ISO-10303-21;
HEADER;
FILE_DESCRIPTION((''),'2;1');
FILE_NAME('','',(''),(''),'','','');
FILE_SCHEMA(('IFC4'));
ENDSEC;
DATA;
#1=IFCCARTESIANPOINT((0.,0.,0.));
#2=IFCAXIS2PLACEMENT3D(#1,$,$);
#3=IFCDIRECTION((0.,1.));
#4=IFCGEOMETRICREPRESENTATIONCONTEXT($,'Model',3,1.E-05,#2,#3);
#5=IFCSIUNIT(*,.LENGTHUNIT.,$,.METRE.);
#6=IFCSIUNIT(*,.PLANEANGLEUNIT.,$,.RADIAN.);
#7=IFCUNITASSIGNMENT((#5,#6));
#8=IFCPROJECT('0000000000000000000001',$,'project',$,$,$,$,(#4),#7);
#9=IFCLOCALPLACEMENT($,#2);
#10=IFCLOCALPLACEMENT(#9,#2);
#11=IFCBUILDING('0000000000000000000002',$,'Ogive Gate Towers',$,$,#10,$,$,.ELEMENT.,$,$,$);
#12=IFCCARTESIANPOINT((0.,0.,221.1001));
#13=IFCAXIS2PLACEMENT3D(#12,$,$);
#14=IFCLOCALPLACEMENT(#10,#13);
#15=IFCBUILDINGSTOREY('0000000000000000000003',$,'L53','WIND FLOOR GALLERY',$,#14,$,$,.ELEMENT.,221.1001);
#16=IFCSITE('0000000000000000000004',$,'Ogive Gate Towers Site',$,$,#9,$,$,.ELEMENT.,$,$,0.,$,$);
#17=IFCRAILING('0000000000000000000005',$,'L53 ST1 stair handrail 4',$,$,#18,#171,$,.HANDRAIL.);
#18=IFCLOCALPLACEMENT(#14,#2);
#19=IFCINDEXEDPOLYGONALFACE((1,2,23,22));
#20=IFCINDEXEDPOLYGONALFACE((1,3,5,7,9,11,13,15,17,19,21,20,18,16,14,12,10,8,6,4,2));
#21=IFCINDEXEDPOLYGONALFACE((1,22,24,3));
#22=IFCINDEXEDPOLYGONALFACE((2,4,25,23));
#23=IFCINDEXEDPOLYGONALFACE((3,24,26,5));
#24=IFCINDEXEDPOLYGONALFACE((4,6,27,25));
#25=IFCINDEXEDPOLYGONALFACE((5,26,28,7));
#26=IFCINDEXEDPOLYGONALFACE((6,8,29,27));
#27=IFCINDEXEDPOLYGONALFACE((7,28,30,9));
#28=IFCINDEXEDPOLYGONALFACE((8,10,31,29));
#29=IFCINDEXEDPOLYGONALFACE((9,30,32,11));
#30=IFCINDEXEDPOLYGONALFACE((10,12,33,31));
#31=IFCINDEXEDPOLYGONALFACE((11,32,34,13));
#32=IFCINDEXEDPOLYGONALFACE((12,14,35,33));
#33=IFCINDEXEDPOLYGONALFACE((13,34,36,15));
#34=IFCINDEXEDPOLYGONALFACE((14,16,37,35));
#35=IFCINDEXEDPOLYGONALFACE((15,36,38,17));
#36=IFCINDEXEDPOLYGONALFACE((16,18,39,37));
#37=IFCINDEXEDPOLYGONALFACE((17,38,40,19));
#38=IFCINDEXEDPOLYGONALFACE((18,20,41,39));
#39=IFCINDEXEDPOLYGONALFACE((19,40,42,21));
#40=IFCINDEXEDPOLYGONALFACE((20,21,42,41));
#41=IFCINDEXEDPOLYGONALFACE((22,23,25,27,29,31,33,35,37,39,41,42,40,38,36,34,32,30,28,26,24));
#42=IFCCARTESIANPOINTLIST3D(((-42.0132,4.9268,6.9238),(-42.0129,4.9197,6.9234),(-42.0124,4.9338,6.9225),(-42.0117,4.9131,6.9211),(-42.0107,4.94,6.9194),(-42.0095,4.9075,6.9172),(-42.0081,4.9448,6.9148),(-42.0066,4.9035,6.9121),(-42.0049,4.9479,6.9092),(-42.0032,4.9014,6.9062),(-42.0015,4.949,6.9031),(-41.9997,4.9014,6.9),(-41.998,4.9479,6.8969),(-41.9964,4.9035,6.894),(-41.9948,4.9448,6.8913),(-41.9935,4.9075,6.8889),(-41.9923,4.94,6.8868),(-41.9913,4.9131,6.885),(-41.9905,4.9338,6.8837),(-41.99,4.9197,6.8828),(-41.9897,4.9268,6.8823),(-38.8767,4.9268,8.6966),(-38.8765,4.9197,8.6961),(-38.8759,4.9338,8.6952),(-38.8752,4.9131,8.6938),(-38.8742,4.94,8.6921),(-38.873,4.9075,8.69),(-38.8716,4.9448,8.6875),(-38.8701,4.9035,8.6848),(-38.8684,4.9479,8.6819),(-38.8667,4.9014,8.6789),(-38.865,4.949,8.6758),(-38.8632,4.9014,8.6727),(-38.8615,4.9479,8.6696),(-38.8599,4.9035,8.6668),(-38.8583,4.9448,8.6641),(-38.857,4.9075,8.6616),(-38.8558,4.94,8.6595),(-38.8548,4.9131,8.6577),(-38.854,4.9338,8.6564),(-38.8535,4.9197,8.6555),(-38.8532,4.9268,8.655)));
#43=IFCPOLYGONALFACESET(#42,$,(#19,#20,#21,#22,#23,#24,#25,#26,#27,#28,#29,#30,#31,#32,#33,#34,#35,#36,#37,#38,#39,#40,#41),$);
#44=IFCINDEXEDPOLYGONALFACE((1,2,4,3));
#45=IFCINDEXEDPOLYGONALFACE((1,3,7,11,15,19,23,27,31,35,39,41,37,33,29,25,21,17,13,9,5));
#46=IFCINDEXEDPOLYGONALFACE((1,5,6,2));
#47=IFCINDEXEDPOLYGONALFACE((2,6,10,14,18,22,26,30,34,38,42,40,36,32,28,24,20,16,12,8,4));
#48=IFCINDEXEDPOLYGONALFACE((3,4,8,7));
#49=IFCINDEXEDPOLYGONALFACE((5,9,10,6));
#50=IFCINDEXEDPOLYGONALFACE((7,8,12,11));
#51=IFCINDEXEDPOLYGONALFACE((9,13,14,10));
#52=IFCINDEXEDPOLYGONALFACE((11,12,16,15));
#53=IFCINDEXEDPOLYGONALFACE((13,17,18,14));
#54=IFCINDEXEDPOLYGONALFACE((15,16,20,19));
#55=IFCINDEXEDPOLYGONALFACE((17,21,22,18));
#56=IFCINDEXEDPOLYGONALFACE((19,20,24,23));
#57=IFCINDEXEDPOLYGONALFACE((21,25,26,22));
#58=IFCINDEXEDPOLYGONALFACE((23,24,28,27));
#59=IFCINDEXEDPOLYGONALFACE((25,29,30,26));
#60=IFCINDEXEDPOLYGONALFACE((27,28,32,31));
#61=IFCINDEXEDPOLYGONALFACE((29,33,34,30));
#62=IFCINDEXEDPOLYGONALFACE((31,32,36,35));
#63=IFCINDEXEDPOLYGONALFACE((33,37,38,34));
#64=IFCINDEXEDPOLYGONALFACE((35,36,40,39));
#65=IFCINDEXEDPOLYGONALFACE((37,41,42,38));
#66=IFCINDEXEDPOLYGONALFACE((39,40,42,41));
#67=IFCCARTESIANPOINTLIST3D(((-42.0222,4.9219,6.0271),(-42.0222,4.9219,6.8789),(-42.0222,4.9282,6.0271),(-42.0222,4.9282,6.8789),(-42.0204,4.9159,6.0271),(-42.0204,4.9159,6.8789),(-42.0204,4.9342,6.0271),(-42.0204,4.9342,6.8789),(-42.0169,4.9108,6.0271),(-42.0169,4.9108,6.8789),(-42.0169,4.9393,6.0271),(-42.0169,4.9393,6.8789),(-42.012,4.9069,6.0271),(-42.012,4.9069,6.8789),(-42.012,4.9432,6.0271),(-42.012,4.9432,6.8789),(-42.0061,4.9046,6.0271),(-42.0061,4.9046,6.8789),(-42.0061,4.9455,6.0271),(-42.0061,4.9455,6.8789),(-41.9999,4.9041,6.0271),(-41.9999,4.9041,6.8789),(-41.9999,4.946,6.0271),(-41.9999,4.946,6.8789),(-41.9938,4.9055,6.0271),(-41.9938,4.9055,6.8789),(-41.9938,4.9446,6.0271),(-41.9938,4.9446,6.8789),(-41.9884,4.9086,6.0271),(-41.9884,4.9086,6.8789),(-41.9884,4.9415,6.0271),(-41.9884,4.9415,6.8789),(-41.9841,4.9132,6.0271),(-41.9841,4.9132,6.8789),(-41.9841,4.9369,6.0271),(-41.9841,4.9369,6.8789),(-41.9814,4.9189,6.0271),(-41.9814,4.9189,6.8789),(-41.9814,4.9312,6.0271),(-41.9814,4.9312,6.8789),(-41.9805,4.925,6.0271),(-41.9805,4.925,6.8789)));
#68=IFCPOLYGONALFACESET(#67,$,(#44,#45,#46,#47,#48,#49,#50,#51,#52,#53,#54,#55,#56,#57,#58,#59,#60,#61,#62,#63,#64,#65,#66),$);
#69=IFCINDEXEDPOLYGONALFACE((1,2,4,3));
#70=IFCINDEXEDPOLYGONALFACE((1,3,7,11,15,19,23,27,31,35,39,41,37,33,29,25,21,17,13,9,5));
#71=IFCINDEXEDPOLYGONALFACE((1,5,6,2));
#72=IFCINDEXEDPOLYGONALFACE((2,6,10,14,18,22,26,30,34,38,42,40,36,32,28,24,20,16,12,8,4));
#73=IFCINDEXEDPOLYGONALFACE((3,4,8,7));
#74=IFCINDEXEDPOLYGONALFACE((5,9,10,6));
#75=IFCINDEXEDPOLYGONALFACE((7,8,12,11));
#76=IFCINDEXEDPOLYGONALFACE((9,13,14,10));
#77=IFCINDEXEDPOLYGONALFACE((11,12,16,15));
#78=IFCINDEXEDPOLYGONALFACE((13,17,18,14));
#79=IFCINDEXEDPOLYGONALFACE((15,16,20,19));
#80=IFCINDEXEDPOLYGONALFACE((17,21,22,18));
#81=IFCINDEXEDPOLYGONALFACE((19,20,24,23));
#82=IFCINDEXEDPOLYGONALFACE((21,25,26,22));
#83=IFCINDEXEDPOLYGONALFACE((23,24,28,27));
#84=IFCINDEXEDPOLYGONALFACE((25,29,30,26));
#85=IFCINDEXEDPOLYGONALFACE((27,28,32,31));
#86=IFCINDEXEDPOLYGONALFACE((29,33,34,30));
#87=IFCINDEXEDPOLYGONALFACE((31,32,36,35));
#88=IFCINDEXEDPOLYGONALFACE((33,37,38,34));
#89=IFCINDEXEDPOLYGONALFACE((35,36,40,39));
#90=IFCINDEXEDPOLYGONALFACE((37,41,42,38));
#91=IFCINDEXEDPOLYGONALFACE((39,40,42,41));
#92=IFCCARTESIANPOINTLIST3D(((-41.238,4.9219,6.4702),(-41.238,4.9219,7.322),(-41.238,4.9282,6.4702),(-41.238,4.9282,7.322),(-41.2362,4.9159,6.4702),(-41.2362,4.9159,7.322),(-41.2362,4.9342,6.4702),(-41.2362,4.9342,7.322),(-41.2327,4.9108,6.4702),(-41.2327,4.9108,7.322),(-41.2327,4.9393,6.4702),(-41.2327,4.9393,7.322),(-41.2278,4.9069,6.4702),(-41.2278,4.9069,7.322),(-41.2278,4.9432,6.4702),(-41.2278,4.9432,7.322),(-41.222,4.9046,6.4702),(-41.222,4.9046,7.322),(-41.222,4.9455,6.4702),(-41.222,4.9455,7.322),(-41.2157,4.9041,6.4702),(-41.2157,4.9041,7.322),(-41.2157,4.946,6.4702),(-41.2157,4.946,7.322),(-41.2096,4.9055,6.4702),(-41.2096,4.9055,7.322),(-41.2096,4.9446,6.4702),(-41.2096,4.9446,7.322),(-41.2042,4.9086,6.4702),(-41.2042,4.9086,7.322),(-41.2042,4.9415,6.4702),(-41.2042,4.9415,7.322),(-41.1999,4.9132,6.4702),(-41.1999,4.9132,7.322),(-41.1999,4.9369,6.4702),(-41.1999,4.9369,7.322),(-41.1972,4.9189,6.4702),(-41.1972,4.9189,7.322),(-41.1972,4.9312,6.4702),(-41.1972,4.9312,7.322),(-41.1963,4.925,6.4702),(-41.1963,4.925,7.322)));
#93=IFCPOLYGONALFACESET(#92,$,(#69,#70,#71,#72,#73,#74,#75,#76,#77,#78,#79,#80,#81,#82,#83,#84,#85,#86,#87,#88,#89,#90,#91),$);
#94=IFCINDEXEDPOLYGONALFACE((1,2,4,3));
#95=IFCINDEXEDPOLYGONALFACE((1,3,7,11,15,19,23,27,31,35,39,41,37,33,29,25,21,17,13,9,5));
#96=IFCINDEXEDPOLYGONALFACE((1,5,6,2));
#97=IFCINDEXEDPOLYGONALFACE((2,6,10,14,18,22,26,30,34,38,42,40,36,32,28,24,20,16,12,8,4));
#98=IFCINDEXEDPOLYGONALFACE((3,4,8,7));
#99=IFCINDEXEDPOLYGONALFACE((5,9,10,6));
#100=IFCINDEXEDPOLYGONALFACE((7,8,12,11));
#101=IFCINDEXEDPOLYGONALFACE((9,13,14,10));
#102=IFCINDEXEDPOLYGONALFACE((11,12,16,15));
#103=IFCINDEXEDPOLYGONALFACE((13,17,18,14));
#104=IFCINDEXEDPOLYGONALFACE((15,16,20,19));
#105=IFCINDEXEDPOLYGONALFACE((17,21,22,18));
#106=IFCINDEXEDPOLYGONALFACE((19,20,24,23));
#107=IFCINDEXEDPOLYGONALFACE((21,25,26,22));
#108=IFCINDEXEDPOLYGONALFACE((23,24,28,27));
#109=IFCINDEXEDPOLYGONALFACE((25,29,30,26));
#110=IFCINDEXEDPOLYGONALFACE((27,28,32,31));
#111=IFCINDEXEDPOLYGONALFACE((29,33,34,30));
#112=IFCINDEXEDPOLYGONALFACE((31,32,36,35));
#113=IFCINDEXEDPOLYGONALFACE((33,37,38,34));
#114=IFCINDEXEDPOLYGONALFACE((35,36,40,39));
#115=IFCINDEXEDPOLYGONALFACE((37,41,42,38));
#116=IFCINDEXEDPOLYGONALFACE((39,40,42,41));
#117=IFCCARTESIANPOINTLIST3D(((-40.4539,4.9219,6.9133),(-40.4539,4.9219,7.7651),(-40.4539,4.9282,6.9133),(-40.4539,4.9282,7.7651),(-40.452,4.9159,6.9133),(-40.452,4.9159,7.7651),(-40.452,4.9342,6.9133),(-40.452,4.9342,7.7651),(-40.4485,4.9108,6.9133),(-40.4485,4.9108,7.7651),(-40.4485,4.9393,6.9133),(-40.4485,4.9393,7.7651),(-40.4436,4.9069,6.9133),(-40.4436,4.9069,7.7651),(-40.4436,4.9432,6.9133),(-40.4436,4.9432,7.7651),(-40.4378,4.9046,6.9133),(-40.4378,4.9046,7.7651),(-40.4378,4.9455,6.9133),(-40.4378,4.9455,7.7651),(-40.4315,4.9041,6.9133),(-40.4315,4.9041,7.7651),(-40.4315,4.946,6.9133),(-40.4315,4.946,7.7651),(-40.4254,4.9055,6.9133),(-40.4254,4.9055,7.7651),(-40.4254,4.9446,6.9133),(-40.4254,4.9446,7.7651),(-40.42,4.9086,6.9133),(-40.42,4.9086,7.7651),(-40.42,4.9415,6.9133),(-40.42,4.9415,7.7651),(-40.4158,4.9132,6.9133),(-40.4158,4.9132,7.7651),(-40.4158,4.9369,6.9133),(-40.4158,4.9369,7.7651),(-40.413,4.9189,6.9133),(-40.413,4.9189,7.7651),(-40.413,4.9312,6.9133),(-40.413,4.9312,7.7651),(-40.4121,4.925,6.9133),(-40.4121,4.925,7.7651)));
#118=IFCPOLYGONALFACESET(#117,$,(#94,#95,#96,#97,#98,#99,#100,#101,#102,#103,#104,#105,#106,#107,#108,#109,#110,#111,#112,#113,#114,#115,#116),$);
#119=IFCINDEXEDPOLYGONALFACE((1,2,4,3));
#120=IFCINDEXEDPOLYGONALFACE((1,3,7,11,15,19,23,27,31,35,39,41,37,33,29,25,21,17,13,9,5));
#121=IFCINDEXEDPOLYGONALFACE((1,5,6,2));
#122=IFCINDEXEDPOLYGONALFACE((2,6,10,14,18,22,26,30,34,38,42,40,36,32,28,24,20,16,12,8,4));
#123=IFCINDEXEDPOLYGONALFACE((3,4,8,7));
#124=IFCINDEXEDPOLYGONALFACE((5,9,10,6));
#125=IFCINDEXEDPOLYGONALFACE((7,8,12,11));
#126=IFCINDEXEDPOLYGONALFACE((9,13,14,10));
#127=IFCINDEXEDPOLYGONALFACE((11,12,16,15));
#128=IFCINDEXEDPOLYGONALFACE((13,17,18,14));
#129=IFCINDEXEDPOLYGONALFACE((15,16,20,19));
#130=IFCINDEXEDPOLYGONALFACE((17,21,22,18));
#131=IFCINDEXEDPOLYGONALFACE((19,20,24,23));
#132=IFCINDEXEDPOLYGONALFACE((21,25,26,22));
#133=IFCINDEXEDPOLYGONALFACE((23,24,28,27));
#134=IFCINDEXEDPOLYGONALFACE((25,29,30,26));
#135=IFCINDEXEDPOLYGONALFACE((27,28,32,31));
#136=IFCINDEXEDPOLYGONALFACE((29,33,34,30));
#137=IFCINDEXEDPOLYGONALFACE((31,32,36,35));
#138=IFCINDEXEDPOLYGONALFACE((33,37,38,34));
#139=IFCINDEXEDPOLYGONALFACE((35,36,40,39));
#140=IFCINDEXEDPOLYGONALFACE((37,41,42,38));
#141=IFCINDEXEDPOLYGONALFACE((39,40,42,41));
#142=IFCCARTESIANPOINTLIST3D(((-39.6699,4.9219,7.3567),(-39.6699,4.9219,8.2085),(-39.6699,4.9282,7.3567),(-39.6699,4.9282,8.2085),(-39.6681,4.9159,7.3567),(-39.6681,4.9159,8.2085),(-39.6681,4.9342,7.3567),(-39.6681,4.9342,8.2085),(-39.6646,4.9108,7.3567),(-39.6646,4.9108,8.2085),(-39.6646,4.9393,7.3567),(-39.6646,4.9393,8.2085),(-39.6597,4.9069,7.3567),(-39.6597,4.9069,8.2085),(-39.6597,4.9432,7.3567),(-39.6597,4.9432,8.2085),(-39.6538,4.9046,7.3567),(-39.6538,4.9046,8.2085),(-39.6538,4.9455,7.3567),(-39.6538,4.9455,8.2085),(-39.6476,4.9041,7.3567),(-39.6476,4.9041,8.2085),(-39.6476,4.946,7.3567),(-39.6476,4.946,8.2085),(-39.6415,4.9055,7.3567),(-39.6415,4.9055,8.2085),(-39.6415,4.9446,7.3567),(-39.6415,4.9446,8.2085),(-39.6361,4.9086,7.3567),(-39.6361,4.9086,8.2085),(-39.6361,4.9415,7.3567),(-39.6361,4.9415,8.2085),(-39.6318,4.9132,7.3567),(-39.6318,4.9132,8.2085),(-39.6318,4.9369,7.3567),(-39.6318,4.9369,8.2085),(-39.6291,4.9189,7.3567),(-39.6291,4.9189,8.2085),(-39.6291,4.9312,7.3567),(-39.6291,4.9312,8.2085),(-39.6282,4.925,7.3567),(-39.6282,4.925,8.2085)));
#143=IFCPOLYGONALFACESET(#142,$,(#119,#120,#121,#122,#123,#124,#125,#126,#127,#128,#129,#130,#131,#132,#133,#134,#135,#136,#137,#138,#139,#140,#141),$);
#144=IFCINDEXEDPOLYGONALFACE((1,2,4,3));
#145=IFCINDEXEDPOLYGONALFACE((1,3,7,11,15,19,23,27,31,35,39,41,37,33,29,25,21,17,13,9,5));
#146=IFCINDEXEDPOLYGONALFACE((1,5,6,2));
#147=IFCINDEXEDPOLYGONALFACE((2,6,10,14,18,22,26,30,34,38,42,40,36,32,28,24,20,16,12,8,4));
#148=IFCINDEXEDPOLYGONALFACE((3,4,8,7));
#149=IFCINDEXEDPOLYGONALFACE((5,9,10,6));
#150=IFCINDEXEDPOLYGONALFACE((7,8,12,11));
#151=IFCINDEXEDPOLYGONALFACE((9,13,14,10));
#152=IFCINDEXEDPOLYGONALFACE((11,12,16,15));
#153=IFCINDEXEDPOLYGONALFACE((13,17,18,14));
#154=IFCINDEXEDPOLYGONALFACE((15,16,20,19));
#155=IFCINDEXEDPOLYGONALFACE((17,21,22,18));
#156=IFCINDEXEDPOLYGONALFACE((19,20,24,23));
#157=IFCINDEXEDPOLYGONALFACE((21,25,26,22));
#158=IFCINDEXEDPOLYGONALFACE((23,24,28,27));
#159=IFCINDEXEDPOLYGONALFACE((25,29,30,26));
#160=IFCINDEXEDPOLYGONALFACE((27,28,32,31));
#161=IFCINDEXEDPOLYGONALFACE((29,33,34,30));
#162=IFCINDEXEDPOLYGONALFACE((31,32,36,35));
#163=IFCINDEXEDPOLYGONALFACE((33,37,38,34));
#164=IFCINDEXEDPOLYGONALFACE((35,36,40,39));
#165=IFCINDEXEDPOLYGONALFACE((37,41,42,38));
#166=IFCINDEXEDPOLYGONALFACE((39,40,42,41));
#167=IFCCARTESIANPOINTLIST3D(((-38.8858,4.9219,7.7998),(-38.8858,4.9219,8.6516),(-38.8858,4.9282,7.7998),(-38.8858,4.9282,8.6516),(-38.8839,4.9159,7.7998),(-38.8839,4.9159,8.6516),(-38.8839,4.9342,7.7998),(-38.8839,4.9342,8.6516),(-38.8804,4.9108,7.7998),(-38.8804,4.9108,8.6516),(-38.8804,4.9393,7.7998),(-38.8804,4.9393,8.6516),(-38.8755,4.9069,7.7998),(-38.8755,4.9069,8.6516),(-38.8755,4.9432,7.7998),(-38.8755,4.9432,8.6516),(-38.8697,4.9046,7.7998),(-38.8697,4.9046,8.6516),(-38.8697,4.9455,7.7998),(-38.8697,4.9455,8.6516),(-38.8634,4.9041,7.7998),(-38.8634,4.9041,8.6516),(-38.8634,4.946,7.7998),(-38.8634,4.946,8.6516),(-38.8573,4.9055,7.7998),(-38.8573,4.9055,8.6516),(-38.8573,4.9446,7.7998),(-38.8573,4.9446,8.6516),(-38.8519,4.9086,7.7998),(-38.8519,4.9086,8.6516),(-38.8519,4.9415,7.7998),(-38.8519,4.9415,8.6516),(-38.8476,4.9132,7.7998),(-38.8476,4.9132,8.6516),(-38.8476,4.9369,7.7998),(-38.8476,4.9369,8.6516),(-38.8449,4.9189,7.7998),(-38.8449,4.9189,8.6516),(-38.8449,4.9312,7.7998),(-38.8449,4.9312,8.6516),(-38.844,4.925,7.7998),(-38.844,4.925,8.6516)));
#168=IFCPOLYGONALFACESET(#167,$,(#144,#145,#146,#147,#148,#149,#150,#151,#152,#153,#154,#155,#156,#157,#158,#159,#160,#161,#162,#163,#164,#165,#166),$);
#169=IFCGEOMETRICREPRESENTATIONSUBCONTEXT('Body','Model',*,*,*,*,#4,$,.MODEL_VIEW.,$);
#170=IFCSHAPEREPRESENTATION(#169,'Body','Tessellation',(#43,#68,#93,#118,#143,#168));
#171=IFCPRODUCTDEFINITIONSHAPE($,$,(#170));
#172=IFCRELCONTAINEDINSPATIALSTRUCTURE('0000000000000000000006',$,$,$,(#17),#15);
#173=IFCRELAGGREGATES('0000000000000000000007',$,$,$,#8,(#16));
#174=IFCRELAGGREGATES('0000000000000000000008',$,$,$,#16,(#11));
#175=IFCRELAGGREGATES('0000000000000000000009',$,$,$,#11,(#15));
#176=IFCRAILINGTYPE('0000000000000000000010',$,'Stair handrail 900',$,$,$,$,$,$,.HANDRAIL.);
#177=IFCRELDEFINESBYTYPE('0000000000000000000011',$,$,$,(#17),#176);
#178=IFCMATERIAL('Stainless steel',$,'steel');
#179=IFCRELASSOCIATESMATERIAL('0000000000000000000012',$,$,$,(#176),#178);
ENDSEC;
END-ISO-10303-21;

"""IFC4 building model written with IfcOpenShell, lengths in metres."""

from ifc_helpers import new_model, si_unit, direction, frame, origin, origin_2d, place, context, subcontext, project, spatial, circle, extrude, material, type_object, element, save


model = new_model("IFC4")

# Units and contexts
model_context = context("Model", 3, precision=1e-05, world=origin(), true_north=direction((0.0, 1.0)))
body_context = subcontext(model_context, "Body", "Model", "MODEL_VIEW")
ifc_project = project(units=[si_unit("LENGTHUNIT", "METRE"), si_unit("PLANEANGLEUNIT", "RADIAN")], contexts=[model_context])

# Site, building, storey
site_placement = place(None, origin())
site = spatial("IfcSite", under=ifc_project, at=site_placement, Name="Ogive Gate Towers Site", CompositionType="ELEMENT", RefElevation=0.0)
building_placement = place(site_placement, origin())
building = spatial("IfcBuilding", under=site, at=building_placement, Name="Ogive Gate Towers", CompositionType="ELEMENT")
storey_placement = place(building_placement, frame((0.0, 0.0, 221.1001)))
storey = spatial("IfcBuildingStorey", under=building, at=storey_placement, Name="L53", Description="WIND FLOOR GALLERY", CompositionType="ELEMENT", Elevation=221.1001)

# Railing
ifc_material_1 = material(Name="Stainless steel", Category="steel")
railing_type_1 = type_object("IfcRailingType", Name="Stair handrail 900", PredefinedType="HANDRAIL", material=ifc_material_1)
railing_1_placement = place(storey_placement, frame((-42.0015, 4.925, 6.0271)))
element("IfcRailing", 1, at=railing_1_placement, inside=storey, type_object=railing_type_1, Name="L53 ST1 stair handrail 4", PredefinedType="HANDRAIL", context=body_context, shape_type="SweptSolid", body=[
    extrude(circle(Radius=0.0239, at=origin_2d()), frame((0.0, 0.0, 0.876), z_axis=(0.870573, 0.0, 0.492039), x_axis=(0.0, 1.0, 0.0)), (0.0, 0.0, 1.0), 3.6028),
    extrude(circle(Radius=0.021, at=origin_2d()), origin(), (0.0, 0.0, 1.0), 0.8518),
    extrude(circle(Radius=0.021, at=origin_2d()), frame((0.7842, 0.0, 0.4431)), (0.0, 0.0, 1.0), 0.8518),
    extrude(circle(Radius=0.021, at=origin_2d()), frame((1.5684, 0.0, 0.8862)), (0.0, 0.0, 1.0), 0.8518),
    extrude(circle(Radius=0.021, at=origin_2d()), frame((2.3523, 0.0, 1.3296)), (0.0, 0.0, 1.0), 0.8518),
    extrude(circle(Radius=0.021, at=origin_2d()), frame((3.1365, 0.0, 1.7727)), (0.0, 0.0, 1.0), 0.8518),
])

save(model, "model.ifc")
